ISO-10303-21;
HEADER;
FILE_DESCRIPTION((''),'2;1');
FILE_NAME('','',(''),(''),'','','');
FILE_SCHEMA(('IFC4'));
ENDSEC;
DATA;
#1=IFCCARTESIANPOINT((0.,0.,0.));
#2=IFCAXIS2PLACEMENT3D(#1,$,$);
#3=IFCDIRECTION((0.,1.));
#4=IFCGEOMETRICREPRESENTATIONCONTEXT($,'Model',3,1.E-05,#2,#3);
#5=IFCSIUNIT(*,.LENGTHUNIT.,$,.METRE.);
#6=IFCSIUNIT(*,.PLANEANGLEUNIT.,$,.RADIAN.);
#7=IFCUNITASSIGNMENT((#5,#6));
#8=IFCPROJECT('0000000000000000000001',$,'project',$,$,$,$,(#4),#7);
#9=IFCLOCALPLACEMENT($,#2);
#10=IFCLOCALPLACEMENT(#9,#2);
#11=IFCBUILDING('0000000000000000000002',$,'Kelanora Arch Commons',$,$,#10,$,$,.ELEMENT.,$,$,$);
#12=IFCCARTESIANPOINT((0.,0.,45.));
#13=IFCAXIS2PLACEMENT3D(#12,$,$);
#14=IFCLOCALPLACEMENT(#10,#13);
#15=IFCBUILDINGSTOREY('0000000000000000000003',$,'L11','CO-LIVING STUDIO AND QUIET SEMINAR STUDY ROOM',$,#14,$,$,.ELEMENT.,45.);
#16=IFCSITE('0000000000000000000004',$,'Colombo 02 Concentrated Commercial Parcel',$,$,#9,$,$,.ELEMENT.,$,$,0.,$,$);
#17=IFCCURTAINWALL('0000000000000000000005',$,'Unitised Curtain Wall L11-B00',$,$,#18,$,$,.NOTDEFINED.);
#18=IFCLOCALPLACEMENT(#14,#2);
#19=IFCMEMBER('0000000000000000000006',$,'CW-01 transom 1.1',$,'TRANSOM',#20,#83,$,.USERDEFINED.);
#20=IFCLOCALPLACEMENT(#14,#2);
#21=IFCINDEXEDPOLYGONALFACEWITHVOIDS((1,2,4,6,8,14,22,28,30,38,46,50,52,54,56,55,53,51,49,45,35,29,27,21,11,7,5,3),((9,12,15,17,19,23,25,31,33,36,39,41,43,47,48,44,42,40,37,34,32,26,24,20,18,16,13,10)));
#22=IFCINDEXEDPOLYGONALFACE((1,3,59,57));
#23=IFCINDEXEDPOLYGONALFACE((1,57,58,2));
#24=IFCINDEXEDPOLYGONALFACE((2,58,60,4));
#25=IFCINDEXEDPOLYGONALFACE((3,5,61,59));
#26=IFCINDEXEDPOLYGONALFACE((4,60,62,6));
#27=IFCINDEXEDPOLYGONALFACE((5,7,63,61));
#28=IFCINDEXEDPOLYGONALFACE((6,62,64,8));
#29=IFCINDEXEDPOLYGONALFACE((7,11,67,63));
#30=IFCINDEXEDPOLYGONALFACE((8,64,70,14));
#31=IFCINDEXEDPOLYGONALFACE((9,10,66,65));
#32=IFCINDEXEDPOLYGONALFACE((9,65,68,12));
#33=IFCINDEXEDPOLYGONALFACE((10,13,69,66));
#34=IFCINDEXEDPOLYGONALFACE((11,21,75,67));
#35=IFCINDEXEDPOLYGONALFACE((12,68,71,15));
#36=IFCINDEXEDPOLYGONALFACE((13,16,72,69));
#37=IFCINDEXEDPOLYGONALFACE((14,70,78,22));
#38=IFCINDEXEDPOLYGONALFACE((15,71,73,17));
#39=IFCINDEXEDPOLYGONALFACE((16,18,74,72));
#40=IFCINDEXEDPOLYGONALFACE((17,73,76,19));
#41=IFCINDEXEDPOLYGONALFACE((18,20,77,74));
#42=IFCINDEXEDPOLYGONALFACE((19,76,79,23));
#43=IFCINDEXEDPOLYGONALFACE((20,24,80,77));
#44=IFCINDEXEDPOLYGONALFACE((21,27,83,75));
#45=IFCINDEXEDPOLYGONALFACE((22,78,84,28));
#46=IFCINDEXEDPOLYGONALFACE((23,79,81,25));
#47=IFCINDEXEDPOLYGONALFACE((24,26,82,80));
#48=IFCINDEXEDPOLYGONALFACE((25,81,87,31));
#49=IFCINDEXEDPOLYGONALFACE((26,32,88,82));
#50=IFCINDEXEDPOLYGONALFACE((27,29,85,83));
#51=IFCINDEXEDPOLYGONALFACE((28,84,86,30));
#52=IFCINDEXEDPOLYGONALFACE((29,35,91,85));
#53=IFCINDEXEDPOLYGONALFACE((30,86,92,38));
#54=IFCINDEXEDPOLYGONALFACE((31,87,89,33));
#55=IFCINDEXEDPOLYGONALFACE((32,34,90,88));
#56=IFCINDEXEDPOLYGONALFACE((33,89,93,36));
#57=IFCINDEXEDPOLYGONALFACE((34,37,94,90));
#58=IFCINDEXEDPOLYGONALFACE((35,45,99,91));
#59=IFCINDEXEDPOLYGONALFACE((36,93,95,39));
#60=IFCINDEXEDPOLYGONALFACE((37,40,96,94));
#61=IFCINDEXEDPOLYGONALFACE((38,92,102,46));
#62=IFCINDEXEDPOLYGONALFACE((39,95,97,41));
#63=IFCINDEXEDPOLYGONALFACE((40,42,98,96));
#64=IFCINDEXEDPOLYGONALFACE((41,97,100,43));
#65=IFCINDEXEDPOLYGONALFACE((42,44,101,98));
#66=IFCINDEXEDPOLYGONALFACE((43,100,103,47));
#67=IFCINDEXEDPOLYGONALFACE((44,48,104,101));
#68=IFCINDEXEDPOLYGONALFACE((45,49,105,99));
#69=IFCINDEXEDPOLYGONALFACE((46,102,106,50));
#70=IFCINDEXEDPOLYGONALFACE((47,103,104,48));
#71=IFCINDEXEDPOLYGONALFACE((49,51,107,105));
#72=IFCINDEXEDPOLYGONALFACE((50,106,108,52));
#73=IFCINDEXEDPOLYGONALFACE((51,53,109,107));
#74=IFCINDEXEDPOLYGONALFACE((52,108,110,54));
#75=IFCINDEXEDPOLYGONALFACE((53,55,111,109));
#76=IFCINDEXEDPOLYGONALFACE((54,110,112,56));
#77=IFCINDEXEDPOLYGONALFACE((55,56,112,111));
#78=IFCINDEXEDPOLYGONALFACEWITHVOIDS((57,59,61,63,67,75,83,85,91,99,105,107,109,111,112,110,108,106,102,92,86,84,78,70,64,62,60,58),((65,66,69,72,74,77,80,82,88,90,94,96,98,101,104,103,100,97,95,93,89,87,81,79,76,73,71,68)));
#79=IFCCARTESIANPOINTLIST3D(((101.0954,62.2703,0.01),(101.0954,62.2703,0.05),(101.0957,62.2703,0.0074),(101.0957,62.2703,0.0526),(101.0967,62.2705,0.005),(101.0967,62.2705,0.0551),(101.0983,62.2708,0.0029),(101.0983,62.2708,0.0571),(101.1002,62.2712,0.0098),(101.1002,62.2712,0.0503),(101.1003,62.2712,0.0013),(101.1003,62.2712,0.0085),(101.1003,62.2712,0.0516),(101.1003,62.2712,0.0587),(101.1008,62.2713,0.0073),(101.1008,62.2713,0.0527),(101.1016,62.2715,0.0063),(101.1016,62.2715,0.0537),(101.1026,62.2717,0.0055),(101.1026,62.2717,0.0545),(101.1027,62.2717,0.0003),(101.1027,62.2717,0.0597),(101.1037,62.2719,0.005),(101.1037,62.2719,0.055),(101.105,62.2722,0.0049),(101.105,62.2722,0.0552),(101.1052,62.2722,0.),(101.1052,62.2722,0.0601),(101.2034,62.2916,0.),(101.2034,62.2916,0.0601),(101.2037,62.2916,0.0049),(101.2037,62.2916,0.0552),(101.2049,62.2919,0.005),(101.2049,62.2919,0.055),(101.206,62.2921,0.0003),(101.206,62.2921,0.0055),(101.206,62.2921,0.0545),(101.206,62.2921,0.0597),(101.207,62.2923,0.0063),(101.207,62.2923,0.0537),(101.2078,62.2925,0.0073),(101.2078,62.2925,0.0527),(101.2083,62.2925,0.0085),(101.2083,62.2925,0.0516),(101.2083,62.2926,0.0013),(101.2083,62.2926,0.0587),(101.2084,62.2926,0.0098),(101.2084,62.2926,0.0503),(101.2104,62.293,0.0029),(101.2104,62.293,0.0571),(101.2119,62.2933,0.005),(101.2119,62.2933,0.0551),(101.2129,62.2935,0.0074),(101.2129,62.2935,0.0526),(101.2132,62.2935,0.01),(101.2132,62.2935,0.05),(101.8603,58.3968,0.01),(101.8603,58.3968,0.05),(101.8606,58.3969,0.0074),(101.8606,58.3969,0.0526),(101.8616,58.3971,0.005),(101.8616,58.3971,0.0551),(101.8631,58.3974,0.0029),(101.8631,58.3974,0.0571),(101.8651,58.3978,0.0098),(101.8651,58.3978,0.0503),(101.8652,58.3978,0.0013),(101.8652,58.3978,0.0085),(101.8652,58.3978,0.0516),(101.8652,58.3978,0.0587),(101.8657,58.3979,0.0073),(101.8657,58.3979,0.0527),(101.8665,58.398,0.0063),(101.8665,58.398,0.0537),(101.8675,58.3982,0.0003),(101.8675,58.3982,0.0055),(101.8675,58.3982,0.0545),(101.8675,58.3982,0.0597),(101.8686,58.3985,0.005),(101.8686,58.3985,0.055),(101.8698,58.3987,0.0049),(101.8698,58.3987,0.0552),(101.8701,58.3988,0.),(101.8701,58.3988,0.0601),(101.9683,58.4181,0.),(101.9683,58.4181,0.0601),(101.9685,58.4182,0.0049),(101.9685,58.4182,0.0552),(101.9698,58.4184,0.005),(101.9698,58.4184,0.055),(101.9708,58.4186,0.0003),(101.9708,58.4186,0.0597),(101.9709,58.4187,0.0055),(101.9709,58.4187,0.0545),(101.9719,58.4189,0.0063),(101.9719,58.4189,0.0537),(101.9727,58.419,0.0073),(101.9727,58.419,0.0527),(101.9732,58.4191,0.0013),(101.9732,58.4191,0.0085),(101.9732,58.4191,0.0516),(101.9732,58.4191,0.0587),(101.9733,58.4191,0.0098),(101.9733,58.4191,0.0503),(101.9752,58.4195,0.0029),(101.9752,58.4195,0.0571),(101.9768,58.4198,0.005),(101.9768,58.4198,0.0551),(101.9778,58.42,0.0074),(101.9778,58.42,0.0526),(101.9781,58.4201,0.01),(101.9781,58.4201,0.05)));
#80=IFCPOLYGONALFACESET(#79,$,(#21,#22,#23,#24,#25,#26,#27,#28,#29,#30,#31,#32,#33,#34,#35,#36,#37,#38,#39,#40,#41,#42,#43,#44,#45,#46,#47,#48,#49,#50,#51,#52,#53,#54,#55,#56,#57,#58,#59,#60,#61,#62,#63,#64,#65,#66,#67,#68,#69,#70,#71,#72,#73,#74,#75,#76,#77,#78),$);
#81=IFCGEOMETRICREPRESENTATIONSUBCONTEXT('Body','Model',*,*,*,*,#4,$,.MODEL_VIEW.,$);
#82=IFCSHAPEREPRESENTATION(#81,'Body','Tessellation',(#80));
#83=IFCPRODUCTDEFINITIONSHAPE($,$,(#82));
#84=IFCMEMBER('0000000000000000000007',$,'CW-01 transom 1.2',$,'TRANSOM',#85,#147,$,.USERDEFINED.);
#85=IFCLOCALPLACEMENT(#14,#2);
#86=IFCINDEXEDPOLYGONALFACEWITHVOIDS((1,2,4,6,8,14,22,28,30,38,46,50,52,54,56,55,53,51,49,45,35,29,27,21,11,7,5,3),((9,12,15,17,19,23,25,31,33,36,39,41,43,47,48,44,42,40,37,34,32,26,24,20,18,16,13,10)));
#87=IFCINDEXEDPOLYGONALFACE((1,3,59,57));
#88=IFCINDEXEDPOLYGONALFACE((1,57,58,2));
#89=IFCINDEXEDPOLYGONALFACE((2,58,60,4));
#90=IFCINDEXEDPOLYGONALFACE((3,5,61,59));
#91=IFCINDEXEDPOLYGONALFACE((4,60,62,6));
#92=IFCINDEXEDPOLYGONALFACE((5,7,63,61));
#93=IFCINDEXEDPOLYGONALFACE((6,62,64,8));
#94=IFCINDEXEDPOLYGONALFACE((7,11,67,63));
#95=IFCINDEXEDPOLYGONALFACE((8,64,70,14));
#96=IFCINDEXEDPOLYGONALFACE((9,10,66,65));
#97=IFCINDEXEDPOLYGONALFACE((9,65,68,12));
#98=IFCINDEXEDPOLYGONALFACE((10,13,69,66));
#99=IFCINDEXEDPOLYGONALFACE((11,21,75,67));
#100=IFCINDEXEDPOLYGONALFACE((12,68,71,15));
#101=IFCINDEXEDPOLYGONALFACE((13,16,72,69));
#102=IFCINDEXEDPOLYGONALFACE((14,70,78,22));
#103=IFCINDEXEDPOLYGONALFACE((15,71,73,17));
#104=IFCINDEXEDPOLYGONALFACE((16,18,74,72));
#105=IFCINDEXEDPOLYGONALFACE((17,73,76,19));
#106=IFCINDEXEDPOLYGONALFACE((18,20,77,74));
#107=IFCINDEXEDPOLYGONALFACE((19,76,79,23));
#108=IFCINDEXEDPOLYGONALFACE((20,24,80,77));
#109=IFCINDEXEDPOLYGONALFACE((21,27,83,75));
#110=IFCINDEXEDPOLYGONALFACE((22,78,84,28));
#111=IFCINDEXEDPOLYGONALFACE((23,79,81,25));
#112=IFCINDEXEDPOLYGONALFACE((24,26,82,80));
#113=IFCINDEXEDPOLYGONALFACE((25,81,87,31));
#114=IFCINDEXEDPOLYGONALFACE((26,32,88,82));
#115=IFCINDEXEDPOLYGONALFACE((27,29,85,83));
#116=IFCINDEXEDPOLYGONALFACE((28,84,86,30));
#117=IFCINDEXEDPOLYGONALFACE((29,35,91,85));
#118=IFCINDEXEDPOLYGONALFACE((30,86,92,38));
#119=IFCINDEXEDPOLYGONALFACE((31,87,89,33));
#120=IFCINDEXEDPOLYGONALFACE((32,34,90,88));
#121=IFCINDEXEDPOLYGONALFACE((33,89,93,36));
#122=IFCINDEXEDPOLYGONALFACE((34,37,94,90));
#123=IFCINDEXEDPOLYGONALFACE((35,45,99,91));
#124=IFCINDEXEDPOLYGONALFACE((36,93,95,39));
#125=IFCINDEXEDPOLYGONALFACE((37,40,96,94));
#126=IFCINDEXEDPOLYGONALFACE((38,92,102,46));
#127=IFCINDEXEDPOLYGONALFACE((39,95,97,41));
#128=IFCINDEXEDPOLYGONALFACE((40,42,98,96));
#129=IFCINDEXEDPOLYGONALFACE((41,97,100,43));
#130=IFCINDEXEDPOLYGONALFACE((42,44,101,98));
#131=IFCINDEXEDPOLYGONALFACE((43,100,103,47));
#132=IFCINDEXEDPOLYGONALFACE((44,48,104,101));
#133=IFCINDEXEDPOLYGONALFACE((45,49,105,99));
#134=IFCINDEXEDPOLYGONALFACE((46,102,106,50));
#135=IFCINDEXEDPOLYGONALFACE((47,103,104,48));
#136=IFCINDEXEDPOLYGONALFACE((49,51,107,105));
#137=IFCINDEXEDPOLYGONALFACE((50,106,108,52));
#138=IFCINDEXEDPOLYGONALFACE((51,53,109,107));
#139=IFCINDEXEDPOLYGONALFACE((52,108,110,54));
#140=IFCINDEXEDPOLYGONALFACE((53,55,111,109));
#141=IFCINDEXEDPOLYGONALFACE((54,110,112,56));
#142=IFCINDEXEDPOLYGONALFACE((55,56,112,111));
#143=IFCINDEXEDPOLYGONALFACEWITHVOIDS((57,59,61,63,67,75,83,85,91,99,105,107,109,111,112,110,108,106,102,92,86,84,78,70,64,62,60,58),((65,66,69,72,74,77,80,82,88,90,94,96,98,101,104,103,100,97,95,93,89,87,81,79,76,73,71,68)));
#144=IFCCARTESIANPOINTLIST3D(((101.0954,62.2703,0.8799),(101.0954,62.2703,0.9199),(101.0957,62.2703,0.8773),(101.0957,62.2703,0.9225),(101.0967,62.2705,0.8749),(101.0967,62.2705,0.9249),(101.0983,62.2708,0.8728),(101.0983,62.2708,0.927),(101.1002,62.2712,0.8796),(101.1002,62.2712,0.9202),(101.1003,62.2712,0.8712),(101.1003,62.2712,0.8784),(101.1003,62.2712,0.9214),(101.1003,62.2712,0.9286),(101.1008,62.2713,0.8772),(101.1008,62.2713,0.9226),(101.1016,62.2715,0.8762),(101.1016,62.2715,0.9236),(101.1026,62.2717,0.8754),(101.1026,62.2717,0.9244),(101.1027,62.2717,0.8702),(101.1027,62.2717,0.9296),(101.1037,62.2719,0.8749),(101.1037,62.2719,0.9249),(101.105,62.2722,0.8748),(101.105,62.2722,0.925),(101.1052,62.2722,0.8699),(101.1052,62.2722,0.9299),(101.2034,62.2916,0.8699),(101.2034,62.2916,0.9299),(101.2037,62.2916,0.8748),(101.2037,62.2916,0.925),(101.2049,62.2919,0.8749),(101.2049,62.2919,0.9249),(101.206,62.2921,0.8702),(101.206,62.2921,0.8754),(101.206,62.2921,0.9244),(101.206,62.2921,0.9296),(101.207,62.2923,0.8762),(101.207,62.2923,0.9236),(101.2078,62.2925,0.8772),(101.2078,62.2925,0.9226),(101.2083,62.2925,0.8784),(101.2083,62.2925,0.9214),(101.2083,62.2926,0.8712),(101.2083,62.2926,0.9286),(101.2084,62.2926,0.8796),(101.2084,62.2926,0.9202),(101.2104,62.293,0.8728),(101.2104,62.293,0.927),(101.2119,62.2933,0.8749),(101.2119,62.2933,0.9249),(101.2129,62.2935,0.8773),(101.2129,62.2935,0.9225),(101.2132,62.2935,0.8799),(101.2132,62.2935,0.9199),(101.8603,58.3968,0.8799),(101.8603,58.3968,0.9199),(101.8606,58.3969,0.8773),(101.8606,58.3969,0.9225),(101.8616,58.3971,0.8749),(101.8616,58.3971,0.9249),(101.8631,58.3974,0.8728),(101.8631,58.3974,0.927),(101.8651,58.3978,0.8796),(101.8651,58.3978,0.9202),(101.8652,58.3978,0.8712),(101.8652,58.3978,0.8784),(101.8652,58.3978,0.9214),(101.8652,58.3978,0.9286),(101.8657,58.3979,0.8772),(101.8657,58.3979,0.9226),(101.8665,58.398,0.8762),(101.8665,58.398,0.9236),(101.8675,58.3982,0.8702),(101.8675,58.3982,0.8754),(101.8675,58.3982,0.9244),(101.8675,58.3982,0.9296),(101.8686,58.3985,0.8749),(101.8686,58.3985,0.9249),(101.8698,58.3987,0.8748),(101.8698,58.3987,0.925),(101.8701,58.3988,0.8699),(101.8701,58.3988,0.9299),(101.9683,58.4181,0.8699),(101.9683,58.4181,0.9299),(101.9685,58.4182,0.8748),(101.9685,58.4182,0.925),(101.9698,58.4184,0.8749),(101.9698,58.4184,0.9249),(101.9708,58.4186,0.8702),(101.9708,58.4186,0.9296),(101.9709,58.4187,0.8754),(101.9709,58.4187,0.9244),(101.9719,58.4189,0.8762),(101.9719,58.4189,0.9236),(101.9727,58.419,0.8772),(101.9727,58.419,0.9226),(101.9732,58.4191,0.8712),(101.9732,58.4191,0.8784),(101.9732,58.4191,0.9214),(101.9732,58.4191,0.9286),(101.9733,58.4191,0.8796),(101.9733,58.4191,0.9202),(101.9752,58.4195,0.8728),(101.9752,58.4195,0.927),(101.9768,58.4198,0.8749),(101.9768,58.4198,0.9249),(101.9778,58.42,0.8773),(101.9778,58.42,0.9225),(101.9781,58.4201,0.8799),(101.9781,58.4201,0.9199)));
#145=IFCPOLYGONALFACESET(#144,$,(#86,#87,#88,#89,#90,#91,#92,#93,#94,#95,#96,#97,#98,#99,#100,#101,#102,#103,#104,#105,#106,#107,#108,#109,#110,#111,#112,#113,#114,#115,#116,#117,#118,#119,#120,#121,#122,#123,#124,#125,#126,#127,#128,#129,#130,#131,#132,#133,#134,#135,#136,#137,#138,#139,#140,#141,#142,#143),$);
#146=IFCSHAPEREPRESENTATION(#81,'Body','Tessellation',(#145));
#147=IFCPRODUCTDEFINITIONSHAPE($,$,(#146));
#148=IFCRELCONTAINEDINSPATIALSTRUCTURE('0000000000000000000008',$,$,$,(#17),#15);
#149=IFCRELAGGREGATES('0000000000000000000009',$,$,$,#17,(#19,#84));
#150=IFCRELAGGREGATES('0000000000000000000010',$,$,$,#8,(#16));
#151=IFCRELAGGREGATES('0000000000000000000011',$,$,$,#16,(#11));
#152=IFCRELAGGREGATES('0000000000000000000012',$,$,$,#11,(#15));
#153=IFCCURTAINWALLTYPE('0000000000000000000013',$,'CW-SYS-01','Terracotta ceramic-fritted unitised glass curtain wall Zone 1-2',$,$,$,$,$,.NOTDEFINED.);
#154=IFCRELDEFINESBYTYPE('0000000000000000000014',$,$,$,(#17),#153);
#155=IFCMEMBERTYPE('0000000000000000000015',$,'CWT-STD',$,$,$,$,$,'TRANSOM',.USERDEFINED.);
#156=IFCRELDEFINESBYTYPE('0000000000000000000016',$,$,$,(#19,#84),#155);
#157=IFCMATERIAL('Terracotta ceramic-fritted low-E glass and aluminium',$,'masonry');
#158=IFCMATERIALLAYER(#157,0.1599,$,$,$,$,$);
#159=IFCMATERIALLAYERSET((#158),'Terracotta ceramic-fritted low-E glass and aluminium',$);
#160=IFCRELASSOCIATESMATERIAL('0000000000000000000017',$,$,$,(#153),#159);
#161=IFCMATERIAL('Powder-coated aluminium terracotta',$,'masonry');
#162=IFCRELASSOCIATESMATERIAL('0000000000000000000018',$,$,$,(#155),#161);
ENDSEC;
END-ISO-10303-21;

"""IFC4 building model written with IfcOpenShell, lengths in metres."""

from ifc_helpers import new_model, si_unit, direction, frame, origin, origin_2d, place, context, subcontext, project, spatial, hollow_rectangle, extrude, material, layer, layer_set, material_profile, profile_set, type_object, element, aggregate, save


model = new_model("IFC4")

# Units and contexts
model_context = context("Model", 3, precision=1e-05, world=origin(), true_north=direction((0.0, 1.0)))
body_context = subcontext(model_context, "Body", "Model", "MODEL_VIEW")
ifc_project = project(units=[si_unit("LENGTHUNIT", "METRE"), si_unit("PLANEANGLEUNIT", "RADIAN")], contexts=[model_context])

# Site, building, storey
site_placement = place(None, origin())
site = spatial("IfcSite", under=ifc_project, at=site_placement, Name="Colombo 02 Concentrated Commercial Parcel", CompositionType="ELEMENT", RefElevation=0.0)
building_placement = place(site_placement, origin())
building = spatial("IfcBuilding", under=site, at=building_placement, Name="Kelanora Arch Commons", CompositionType="ELEMENT")
storey_placement = place(building_placement, frame((0.0, 0.0, 45.0)))
storey = spatial("IfcBuildingStorey", under=building, at=storey_placement, Name="L11", Description="CO-LIVING STUDIO AND QUIET SEMINAR STUDY ROOM", CompositionType="ELEMENT", Elevation=45.0)

# Curtain wall, members
ifc_material_1 = material(Name="Terracotta ceramic-fritted low-E glass and aluminium", Category="masonry")
ifc_layer_1 = layer(ifc_material_1, 0.1599)
ifc_layer_set_1 = layer_set([ifc_layer_1], Name="Terracotta ceramic-fritted low-E glass and aluminium")
curtain_wall_type = type_object("IfcCurtainWallType", Name="CW-SYS-01", Description="Terracotta ceramic-fritted unitised glass curtain wall Zone 1-2", PredefinedType="NOTDEFINED", material=ifc_layer_set_1)
curtain_wall_placement = place(storey_placement, origin())
curtain_wall = element("IfcCurtainWall", 1, at=curtain_wall_placement, inside=storey, type_object=curtain_wall_type, Name="Unitised Curtain Wall L11-B00", PredefinedType="NOTDEFINED")
ifc_material_2 = material(Name="Powder-coated aluminium terracotta", Category="masonry")
ifc_material_profile_1 = material_profile(ifc_material_2, hollow_rectangle(XDim=0.1201, YDim=0.0601, WallThickness=0.0049, InnerFilletRadius=0.0049, OuterFilletRadius=0.01, at=origin_2d()), Name="CWT120x60")
ifc_profile_set_1 = profile_set([ifc_material_profile_1], Name="Powder-coated aluminium terracotta")
member_type_1 = type_object("IfcMemberType", Name="CWT-STD", ElementType="TRANSOM", PredefinedType="USERDEFINED", material=ifc_profile_set_1)
member_1_placement = place(storey_placement, frame((101.9192, 58.4084, 0.03), z_axis=(-0.193725, 0.981056, 0.0), x_axis=(-0.981056, -0.193725, 0.0)))
member_1 = element("IfcMember", 2, at=member_1_placement, type_object=member_type_1, Name="CW-01 transom 1.1", ObjectType="TRANSOM", PredefinedType="USERDEFINED", context=body_context, shape_type="SweptSolid", body=[
    extrude(hollow_rectangle(XDim=0.1201, YDim=0.0601, WallThickness=0.0049, InnerFilletRadius=0.0049, OuterFilletRadius=0.01, at=origin_2d()), origin(), (0.0, 0.0, 1.0), 3.9482),
])
member_2_placement = place(storey_placement, frame((101.9192, 58.4084, 0.8999), z_axis=(-0.193725, 0.981056, 0.0), x_axis=(-0.981056, -0.193725, 0.0)))
member_2 = element("IfcMember", 3, at=member_2_placement, type_object=member_type_1, Name="CW-01 transom 1.2", ObjectType="TRANSOM", PredefinedType="USERDEFINED", context=body_context, shape_type="SweptSolid", body=[
    extrude(hollow_rectangle(XDim=0.1201, YDim=0.0601, WallThickness=0.0049, InnerFilletRadius=0.0049, OuterFilletRadius=0.01, at=origin_2d()), origin(), (0.0, 0.0, 1.0), 3.9482),
])
aggregate(curtain_wall, [member_1, member_2])

save(model, "model.ifc")
